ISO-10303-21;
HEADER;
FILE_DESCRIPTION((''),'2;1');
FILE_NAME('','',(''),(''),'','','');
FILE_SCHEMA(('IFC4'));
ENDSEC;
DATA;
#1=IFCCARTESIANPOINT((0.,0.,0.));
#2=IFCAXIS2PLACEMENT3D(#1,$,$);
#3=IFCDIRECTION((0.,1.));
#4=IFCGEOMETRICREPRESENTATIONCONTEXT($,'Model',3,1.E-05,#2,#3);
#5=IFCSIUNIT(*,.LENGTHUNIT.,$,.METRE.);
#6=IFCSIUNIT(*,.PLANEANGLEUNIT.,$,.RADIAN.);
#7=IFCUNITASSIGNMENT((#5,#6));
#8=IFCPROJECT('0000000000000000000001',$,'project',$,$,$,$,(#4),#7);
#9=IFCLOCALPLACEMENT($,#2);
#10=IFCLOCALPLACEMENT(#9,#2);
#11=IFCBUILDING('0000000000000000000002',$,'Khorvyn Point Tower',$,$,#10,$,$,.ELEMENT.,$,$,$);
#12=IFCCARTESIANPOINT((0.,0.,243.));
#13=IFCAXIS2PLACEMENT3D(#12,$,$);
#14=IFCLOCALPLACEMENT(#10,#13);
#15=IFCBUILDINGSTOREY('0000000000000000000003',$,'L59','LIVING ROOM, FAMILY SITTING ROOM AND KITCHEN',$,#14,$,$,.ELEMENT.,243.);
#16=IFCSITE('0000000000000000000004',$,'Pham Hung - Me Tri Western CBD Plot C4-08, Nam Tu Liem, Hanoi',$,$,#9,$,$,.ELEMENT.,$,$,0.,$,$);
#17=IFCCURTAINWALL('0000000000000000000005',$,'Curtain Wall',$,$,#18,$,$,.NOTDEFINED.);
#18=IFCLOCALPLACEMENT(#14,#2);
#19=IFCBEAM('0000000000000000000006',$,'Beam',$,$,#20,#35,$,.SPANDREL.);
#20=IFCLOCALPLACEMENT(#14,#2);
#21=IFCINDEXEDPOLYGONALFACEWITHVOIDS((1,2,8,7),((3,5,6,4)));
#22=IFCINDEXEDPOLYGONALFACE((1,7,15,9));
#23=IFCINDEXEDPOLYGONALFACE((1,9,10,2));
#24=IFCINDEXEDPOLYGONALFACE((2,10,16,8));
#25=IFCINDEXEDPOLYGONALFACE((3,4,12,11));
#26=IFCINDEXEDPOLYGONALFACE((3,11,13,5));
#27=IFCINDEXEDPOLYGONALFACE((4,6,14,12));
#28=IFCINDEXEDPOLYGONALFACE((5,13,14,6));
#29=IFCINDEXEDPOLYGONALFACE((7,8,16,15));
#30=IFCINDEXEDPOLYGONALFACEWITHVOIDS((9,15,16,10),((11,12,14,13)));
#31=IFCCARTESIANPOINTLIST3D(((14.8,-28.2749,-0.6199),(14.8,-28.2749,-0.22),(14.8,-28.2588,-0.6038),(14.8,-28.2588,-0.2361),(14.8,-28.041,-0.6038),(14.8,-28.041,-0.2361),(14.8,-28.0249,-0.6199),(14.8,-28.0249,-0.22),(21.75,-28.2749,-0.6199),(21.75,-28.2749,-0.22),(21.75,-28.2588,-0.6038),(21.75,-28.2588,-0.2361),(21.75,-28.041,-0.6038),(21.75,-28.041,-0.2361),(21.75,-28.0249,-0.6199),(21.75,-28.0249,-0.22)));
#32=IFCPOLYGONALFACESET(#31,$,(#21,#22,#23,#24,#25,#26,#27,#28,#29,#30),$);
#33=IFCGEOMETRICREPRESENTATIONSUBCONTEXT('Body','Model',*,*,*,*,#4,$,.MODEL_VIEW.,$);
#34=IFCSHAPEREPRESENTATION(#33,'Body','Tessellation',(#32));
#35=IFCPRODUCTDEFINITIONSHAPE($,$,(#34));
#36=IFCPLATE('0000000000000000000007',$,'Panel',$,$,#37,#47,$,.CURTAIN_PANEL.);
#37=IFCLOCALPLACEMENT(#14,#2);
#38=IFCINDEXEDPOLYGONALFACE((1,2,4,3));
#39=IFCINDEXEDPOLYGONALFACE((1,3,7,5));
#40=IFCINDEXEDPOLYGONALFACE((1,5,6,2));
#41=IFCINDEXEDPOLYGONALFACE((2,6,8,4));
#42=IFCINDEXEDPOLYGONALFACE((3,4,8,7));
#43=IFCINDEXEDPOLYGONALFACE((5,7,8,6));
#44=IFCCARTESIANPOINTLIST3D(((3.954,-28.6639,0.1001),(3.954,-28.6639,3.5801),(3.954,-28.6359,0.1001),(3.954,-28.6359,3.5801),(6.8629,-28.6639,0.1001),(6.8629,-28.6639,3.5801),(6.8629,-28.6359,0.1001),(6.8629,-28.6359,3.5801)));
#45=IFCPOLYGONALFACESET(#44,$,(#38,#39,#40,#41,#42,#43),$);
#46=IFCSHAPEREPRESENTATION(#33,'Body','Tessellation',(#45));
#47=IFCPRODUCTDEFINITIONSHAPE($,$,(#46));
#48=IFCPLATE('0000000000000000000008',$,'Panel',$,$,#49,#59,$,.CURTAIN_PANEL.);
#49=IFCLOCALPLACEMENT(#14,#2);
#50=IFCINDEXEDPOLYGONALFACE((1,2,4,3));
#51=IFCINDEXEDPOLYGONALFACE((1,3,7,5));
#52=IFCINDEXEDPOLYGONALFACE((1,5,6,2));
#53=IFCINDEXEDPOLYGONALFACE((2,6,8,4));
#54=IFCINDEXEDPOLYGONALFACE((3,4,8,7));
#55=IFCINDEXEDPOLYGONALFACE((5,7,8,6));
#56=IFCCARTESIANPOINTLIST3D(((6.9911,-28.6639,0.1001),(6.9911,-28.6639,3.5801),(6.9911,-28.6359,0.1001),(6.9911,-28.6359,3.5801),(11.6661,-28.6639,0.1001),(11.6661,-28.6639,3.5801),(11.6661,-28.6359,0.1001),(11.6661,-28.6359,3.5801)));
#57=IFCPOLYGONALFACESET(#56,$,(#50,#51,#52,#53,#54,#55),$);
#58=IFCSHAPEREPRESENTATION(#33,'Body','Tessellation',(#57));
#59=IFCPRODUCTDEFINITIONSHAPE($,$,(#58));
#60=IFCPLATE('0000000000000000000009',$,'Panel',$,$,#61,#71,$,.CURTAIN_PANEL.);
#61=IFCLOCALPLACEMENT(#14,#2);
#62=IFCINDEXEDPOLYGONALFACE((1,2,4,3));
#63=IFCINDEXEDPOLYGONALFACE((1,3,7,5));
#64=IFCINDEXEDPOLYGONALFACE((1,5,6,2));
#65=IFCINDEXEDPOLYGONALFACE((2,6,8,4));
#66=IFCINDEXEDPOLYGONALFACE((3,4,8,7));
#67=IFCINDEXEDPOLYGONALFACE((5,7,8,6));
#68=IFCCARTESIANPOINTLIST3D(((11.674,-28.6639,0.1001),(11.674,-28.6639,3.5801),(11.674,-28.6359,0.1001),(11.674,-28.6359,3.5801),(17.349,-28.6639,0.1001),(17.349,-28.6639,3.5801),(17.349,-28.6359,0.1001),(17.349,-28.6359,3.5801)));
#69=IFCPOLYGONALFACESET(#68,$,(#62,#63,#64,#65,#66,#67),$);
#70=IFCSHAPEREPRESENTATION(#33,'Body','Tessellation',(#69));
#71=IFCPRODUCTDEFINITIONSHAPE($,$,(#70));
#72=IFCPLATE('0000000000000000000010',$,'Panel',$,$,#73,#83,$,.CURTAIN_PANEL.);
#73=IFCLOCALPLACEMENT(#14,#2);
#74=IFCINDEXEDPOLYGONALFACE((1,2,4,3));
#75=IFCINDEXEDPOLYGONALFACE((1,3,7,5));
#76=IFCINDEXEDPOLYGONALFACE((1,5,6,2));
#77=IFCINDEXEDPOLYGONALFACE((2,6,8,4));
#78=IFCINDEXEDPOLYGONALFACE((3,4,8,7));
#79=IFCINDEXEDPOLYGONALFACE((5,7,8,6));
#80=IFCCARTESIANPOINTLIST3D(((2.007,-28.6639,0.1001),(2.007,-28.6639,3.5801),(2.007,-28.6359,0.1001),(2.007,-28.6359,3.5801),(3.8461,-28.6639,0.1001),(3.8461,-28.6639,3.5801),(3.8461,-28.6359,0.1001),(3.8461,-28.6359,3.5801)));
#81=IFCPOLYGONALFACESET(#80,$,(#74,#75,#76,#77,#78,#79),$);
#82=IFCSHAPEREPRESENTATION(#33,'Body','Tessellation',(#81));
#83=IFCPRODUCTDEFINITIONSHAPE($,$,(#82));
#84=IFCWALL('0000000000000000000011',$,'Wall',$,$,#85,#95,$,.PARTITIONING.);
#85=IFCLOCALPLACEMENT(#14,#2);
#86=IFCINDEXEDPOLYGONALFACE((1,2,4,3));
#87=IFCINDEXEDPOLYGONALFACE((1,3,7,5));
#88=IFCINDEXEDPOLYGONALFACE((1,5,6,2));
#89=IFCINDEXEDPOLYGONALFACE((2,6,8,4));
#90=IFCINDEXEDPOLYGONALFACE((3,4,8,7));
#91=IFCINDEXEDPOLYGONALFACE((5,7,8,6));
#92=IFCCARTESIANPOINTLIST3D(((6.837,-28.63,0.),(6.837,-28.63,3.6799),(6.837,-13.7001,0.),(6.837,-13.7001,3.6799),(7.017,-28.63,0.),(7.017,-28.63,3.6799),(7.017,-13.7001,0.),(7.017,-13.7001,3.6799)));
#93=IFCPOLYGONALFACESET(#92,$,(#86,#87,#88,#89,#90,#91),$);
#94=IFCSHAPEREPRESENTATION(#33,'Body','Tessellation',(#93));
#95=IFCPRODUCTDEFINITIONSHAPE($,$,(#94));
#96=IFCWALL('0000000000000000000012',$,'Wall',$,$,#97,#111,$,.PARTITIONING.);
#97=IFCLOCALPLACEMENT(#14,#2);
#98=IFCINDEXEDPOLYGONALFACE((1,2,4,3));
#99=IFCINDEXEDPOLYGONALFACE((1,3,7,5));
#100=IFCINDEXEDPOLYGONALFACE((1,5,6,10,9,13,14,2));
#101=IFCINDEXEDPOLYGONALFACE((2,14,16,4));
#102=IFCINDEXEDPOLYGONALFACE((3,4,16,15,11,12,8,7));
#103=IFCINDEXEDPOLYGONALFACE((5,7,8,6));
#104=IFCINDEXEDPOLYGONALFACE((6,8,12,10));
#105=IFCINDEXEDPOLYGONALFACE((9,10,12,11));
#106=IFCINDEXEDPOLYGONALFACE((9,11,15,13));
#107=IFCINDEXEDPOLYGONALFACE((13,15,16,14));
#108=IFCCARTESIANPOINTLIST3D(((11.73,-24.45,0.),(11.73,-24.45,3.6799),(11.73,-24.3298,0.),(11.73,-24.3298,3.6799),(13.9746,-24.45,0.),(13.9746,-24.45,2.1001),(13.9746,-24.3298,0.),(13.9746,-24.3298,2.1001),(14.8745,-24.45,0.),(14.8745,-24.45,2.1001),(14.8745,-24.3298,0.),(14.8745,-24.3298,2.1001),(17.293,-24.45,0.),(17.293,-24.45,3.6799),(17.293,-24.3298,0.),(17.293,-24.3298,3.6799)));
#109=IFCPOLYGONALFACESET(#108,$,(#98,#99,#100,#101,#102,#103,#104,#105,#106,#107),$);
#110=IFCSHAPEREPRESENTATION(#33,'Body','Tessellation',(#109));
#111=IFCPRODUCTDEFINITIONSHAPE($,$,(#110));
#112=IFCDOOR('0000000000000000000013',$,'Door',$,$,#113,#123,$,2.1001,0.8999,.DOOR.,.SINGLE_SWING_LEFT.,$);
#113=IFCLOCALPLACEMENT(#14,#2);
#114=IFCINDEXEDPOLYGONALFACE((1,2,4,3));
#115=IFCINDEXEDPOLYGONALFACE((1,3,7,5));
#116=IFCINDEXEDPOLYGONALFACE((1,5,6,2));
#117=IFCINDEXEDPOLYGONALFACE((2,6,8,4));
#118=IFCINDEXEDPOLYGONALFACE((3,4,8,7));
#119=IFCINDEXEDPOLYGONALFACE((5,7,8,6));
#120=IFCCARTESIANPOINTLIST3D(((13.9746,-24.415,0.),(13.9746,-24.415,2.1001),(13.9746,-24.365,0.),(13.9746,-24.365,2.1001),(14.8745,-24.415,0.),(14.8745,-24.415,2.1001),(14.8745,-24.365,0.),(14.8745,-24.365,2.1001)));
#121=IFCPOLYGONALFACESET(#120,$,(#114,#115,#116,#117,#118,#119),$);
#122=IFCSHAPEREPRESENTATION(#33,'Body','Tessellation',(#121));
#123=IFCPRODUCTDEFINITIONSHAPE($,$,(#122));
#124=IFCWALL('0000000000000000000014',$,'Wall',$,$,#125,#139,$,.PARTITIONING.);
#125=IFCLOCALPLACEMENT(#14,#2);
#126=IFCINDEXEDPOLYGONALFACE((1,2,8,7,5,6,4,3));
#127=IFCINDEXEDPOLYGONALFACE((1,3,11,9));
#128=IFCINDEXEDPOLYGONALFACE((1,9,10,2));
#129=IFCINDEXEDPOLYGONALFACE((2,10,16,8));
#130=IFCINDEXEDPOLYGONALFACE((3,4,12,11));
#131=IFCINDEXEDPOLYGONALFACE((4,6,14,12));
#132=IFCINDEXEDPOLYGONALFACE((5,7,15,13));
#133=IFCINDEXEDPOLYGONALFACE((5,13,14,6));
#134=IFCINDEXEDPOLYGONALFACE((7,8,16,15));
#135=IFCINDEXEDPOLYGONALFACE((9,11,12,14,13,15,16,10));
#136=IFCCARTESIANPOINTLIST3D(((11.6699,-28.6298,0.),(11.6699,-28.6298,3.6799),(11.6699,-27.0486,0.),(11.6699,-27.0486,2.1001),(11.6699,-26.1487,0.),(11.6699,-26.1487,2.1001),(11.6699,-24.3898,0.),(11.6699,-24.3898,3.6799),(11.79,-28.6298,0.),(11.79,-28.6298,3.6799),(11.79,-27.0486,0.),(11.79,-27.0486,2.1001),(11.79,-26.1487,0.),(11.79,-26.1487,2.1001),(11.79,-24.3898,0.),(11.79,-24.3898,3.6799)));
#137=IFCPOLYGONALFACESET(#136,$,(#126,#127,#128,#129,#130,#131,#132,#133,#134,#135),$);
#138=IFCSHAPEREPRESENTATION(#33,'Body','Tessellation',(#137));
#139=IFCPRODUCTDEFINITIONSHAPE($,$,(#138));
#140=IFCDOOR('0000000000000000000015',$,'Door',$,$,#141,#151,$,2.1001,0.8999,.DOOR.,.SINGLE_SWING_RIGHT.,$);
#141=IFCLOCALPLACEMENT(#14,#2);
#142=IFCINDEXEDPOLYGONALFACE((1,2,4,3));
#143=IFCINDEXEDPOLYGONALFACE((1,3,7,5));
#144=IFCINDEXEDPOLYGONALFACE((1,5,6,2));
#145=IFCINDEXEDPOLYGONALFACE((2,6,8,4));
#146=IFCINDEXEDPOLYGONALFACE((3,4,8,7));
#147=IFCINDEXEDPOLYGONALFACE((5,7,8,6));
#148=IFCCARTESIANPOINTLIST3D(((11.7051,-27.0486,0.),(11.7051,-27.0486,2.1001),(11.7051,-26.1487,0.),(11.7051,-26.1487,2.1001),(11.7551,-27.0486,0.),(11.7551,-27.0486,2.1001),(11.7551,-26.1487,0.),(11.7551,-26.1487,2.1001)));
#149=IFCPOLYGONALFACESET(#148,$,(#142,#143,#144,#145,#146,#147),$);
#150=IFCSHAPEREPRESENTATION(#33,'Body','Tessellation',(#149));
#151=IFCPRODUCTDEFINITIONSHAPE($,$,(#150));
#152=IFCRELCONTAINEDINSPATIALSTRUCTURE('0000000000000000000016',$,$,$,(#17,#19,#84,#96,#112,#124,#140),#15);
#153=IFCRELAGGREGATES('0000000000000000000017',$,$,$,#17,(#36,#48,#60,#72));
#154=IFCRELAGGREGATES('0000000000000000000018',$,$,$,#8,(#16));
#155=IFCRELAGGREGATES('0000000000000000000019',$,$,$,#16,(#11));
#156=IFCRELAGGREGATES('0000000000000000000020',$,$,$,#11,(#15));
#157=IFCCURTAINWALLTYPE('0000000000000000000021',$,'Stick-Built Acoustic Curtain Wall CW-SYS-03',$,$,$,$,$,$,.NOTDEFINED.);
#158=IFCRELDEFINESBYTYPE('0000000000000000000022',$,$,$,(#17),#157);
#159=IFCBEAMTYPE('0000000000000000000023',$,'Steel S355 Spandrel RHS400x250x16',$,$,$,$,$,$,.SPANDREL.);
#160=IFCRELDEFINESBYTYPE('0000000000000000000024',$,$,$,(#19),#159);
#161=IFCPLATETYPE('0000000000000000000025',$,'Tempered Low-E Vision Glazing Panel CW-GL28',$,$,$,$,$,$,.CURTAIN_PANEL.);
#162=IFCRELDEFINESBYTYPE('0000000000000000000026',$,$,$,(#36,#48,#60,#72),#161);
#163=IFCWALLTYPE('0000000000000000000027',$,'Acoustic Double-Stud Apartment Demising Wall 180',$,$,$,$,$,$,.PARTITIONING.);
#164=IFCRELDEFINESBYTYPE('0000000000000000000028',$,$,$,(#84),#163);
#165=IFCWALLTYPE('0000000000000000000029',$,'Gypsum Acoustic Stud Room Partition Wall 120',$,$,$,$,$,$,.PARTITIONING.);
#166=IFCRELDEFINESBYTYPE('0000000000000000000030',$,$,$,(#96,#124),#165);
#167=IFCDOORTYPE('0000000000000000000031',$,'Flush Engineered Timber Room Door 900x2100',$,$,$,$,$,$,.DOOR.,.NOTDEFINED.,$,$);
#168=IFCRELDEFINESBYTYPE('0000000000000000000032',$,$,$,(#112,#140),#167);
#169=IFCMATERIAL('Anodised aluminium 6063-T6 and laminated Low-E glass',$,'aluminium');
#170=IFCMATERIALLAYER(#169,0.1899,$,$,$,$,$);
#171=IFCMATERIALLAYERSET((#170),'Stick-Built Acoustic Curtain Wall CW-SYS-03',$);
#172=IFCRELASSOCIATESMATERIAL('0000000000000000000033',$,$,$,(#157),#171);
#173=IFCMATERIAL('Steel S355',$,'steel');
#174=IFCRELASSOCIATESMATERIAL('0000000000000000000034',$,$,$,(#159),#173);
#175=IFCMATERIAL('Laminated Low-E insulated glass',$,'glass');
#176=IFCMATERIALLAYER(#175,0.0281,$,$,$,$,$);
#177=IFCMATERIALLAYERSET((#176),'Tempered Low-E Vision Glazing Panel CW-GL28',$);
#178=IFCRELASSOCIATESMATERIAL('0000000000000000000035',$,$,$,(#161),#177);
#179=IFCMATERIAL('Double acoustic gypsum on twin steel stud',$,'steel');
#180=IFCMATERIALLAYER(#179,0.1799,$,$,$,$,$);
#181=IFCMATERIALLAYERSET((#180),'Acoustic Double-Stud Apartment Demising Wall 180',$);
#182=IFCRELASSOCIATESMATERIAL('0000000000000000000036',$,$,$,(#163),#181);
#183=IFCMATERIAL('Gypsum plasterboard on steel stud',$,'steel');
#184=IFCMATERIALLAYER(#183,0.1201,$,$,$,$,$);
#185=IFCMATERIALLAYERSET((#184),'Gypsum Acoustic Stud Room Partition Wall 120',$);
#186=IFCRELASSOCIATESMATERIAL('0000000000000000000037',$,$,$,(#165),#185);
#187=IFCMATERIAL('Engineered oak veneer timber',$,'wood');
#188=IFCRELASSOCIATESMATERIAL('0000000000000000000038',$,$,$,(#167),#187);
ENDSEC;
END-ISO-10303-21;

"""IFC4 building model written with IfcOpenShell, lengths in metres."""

from ifc_helpers import new_model, si_unit, direction, frame, frame_2d, origin, origin_2d, place, context, subcontext, project, spatial, rectangle, hollow_rectangle, extrude, material, layer, layer_set, material_profile, profile_set, type_object, element, fill, aggregate, save


model = new_model("IFC4")

# Units and contexts
model_context = context("Model", 3, precision=1e-05, world=origin(), true_north=direction((0.0, 1.0)))
body_context = subcontext(model_context, "Body", "Model", "MODEL_VIEW")
ifc_project = project(units=[si_unit("LENGTHUNIT", "METRE"), si_unit("PLANEANGLEUNIT", "RADIAN")], contexts=[model_context])

# Site, building, storey
site_placement = place(None, origin())
site = spatial("IfcSite", under=ifc_project, at=site_placement, Name="Pham Hung - Me Tri Western CBD Plot C4-08, Nam Tu Liem, Hanoi", CompositionType="ELEMENT", RefElevation=0.0)
building_placement = place(site_placement, origin())
building = spatial("IfcBuilding", under=site, at=building_placement, Name="Khorvyn Point Tower", CompositionType="ELEMENT")
storey_placement = place(building_placement, frame((0.0, 0.0, 243.0)))
storey = spatial("IfcBuildingStorey", under=building, at=storey_placement, Name="L59", Description="LIVING ROOM, FAMILY SITTING ROOM AND KITCHEN", CompositionType="ELEMENT", Elevation=243.0)

# Curtain wall
ifc_material_1 = material(Name="Anodised aluminium 6063-T6 and laminated Low-E glass", Category="aluminium")
ifc_layer_1 = layer(ifc_material_1, 0.1899)
ifc_layer_set_1 = layer_set([ifc_layer_1], Name="Stick-Built Acoustic Curtain Wall CW-SYS-03")
curtain_wall_type = type_object("IfcCurtainWallType", Name="Stick-Built Acoustic Curtain Wall CW-SYS-03", PredefinedType="NOTDEFINED", material=ifc_layer_set_1)
curtain_wall_placement = place(storey_placement, origin())
curtain_wall = element("IfcCurtainWall", 1, at=curtain_wall_placement, inside=storey, type_object=curtain_wall_type, Name="Curtain Wall", PredefinedType="NOTDEFINED")

# Beam
ifc_material_2 = material(Name="Steel S355", Category="steel")
ifc_material_profile_1 = material_profile(ifc_material_2, hollow_rectangle(XDim=0.25, YDim=0.3999, WallThickness=0.0161, at=origin_2d()))
ifc_profile_set_1 = profile_set([ifc_material_profile_1], Name="Steel S355 RHS400x250x16")
beam_type_1 = type_object("IfcBeamType", Name="Steel S355 Spandrel RHS400x250x16", PredefinedType="SPANDREL", material=ifc_profile_set_1)
beam_1_placement = place(storey_placement, frame((14.8, -28.1499, -0.4199), z_axis=(1.0, 0.0, 0.0), x_axis=(0.0, 1.0, 0.0)))
element("IfcBeam", 2, at=beam_1_placement, inside=storey, type_object=beam_type_1, Name="Beam", PredefinedType="SPANDREL", context=body_context, shape_type="SweptSolid", body=[
    extrude(hollow_rectangle(XDim=0.25, YDim=0.3999, WallThickness=0.0161, at=origin_2d()), origin(), (0.0, 0.0, 1.0), 6.95),
])

# Plates
ifc_material_3 = material(Name="Laminated Low-E insulated glass", Category="glass")
ifc_layer_2 = layer(ifc_material_3, 0.0281)
ifc_layer_set_2 = layer_set([ifc_layer_2], Name="Tempered Low-E Vision Glazing Panel CW-GL28")
plate_type = type_object("IfcPlateType", Name="Tempered Low-E Vision Glazing Panel CW-GL28", PredefinedType="CURTAIN_PANEL", material=ifc_layer_set_2)
plate_1_placement = place(storey_placement, frame((5.4084, -28.6499, 0.1001), z_axis=(0.0, 0.0, 1.0), x_axis=(-1.0, 0.0, 0.0)))
plate_1 = element("IfcPlate", 3, at=plate_1_placement, type_object=plate_type, Name="Panel", PredefinedType="CURTAIN_PANEL", context=body_context, shape_type="SweptSolid", body=[
    extrude(rectangle(XDim=2.9089, YDim=0.0281, at=origin_2d()), origin(), (0.0, 0.0, 1.0), 3.48),
])
plate_2_placement = place(storey_placement, frame((9.3286, -28.6499, 0.1001), z_axis=(0.0, 0.0, 1.0), x_axis=(-1.0, 0.0, 0.0)))
plate_2 = element("IfcPlate", 4, at=plate_2_placement, type_object=plate_type, Name="Panel", PredefinedType="CURTAIN_PANEL", context=body_context, shape_type="SweptSolid", body=[
    extrude(rectangle(XDim=4.675, YDim=0.0281, at=origin_2d()), origin(), (0.0, 0.0, 1.0), 3.48),
])
plate_3_placement = place(storey_placement, frame((14.5115, -28.6499, 0.1001), z_axis=(0.0, 0.0, 1.0), x_axis=(-1.0, 0.0, 0.0)))
plate_3 = element("IfcPlate", 5, at=plate_3_placement, type_object=plate_type, Name="Panel", PredefinedType="CURTAIN_PANEL", context=body_context, shape_type="SweptSolid", body=[
    extrude(rectangle(XDim=5.675, YDim=0.0281, at=origin_2d()), origin(), (0.0, 0.0, 1.0), 3.48),
])
plate_4_placement = place(storey_placement, frame((2.9265, -28.6499, 0.1001), z_axis=(0.0, 0.0, 1.0), x_axis=(-1.0, 0.0, 0.0)))
plate_4 = element("IfcPlate", 6, at=plate_4_placement, type_object=plate_type, Name="Panel", PredefinedType="CURTAIN_PANEL", context=body_context, shape_type="SweptSolid", body=[
    extrude(rectangle(XDim=1.8391, YDim=0.0281, at=origin_2d()), origin(), (0.0, 0.0, 1.0), 3.48),
])
aggregate(curtain_wall, [plate_1, plate_2, plate_3, plate_4])

# Wall
ifc_material_4 = material(Name="Double acoustic gypsum on twin steel stud", Category="steel")
ifc_layer_3 = layer(ifc_material_4, 0.1799)
ifc_layer_set_3 = layer_set([ifc_layer_3], Name="Acoustic Double-Stud Apartment Demising Wall 180")
wall_type_1 = type_object("IfcWallType", Name="Acoustic Double-Stud Apartment Demising Wall 180", PredefinedType="PARTITIONING", material=ifc_layer_set_3)
wall_1_placement = place(storey_placement, frame((6.927, -28.6299, 0.0), z_axis=(0.0, 0.0, 1.0), x_axis=(0.0, 1.0, 0.0)))
element("IfcWall", 7, at=wall_1_placement, inside=storey, type_object=wall_type_1, Name="Wall", PredefinedType="PARTITIONING", context=body_context, shape_type="SweptSolid", body=[
    extrude(rectangle(XDim=14.9299, YDim=0.1799, at=frame_2d((7.4648, 0.0))), origin(), (0.0, 0.0, 1.0), 3.6799),
])

# Walls, openings, doors
ifc_material_5 = material(Name="Gypsum plasterboard on steel stud", Category="steel")
ifc_layer_4 = layer(ifc_material_5, 0.1201)
ifc_layer_set_4 = layer_set([ifc_layer_4], Name="Gypsum Acoustic Stud Room Partition Wall 120")
wall_type_2 = type_object("IfcWallType", Name="Gypsum Acoustic Stud Room Partition Wall 120", PredefinedType="PARTITIONING", material=ifc_layer_set_4)
wall_2_placement = place(storey_placement, frame((11.73, -24.3899, 0.0), z_axis=(0.0, 0.0, 1.0), x_axis=(1.0, 0.0, 0.0)))
wall_2 = element("IfcWall", 8, at=wall_2_placement, inside=storey, type_object=wall_type_2, Name="Wall", PredefinedType="PARTITIONING", context=body_context, shape_type="SweptSolid", body=[
    extrude(rectangle(XDim=5.563, YDim=0.1201, at=frame_2d((2.7815, 0.0))), origin(), (0.0, 0.0, 1.0), 3.6799),
])
opening_1_placement = place(wall_2_placement, frame((2.2446, 0.0, 0.0)))
opening_1 = element("IfcOpeningElement", 9, at=opening_1_placement, cuts=wall_2, PredefinedType="OPENING", context=body_context, shape_type="SweptSolid", body=[
    extrude(rectangle(XDim=0.8999, YDim=2.1001, at=frame_2d((0.45, 1.05))), frame((0.0, 0.0701, 0.0), z_axis=(0.0, -1.0, 0.0), x_axis=(1.0, 0.0, 0.0)), (0.0, 0.0, 1.0), 0.1401),
])
ifc_material_6 = material(Name="Engineered oak veneer timber", Category="wood")
door_type_1 = type_object("IfcDoorType", Name="Flush Engineered Timber Room Door 900x2100", OperationType="NOTDEFINED", PredefinedType="DOOR", material=ifc_material_6)
door_1_placement = place(opening_1_placement, origin())
door_1 = element("IfcDoor", 10, at=door_1_placement, inside=storey, type_object=door_type_1, Name="Door", OperationType="SINGLE_SWING_LEFT", OverallHeight=2.1001, OverallWidth=0.8999, PredefinedType="DOOR", context=body_context, shape_type="SweptSolid", body=[
    extrude(rectangle(XDim=0.8999, YDim=2.1001, at=frame_2d((0.45, 1.05))), frame((0.0, 0.0249, 0.0), z_axis=(0.0, -1.0, 0.0), x_axis=(1.0, 0.0, 0.0)), (0.0, 0.0, 1.0), 0.05),
])
fill(opening_1, door_1)
wall_3_placement = place(storey_placement, frame((11.73, -28.6299, 0.0), z_axis=(0.0, 0.0, 1.0), x_axis=(0.0, 1.0, 0.0)))
wall_3 = element("IfcWall", 11, at=wall_3_placement, inside=storey, type_object=wall_type_2, Name="Wall", PredefinedType="PARTITIONING", context=body_context, shape_type="SweptSolid", body=[
    extrude(rectangle(XDim=4.24, YDim=0.1201, at=frame_2d((2.1201, 0.0))), origin(), (0.0, 0.0, 1.0), 3.6799),
])
opening_2_placement = place(wall_3_placement, frame((1.5813, 0.0, 0.0)))
opening_2 = element("IfcOpeningElement", 12, at=opening_2_placement, cuts=wall_3, PredefinedType="OPENING", context=body_context, shape_type="SweptSolid", body=[
    extrude(rectangle(XDim=0.8999, YDim=2.1001, at=frame_2d((0.45, 1.05))), frame((0.0, 0.0701, 0.0), z_axis=(0.0, -1.0, 0.0), x_axis=(1.0, 0.0, 0.0)), (0.0, 0.0, 1.0), 0.1401),
])
door_2_placement = place(opening_2_placement, origin())
door_2 = element("IfcDoor", 13, at=door_2_placement, inside=storey, type_object=door_type_1, Name="Door", OperationType="SINGLE_SWING_RIGHT", OverallHeight=2.1001, OverallWidth=0.8999, PredefinedType="DOOR", context=body_context, shape_type="SweptSolid", body=[
    extrude(rectangle(XDim=0.8999, YDim=2.1001, at=frame_2d((0.45, 1.05))), frame((0.0, 0.0249, 0.0), z_axis=(0.0, -1.0, 0.0), x_axis=(1.0, 0.0, 0.0)), (0.0, 0.0, 1.0), 0.05),
])
fill(opening_2, door_2)

save(model, "model.ifc")
